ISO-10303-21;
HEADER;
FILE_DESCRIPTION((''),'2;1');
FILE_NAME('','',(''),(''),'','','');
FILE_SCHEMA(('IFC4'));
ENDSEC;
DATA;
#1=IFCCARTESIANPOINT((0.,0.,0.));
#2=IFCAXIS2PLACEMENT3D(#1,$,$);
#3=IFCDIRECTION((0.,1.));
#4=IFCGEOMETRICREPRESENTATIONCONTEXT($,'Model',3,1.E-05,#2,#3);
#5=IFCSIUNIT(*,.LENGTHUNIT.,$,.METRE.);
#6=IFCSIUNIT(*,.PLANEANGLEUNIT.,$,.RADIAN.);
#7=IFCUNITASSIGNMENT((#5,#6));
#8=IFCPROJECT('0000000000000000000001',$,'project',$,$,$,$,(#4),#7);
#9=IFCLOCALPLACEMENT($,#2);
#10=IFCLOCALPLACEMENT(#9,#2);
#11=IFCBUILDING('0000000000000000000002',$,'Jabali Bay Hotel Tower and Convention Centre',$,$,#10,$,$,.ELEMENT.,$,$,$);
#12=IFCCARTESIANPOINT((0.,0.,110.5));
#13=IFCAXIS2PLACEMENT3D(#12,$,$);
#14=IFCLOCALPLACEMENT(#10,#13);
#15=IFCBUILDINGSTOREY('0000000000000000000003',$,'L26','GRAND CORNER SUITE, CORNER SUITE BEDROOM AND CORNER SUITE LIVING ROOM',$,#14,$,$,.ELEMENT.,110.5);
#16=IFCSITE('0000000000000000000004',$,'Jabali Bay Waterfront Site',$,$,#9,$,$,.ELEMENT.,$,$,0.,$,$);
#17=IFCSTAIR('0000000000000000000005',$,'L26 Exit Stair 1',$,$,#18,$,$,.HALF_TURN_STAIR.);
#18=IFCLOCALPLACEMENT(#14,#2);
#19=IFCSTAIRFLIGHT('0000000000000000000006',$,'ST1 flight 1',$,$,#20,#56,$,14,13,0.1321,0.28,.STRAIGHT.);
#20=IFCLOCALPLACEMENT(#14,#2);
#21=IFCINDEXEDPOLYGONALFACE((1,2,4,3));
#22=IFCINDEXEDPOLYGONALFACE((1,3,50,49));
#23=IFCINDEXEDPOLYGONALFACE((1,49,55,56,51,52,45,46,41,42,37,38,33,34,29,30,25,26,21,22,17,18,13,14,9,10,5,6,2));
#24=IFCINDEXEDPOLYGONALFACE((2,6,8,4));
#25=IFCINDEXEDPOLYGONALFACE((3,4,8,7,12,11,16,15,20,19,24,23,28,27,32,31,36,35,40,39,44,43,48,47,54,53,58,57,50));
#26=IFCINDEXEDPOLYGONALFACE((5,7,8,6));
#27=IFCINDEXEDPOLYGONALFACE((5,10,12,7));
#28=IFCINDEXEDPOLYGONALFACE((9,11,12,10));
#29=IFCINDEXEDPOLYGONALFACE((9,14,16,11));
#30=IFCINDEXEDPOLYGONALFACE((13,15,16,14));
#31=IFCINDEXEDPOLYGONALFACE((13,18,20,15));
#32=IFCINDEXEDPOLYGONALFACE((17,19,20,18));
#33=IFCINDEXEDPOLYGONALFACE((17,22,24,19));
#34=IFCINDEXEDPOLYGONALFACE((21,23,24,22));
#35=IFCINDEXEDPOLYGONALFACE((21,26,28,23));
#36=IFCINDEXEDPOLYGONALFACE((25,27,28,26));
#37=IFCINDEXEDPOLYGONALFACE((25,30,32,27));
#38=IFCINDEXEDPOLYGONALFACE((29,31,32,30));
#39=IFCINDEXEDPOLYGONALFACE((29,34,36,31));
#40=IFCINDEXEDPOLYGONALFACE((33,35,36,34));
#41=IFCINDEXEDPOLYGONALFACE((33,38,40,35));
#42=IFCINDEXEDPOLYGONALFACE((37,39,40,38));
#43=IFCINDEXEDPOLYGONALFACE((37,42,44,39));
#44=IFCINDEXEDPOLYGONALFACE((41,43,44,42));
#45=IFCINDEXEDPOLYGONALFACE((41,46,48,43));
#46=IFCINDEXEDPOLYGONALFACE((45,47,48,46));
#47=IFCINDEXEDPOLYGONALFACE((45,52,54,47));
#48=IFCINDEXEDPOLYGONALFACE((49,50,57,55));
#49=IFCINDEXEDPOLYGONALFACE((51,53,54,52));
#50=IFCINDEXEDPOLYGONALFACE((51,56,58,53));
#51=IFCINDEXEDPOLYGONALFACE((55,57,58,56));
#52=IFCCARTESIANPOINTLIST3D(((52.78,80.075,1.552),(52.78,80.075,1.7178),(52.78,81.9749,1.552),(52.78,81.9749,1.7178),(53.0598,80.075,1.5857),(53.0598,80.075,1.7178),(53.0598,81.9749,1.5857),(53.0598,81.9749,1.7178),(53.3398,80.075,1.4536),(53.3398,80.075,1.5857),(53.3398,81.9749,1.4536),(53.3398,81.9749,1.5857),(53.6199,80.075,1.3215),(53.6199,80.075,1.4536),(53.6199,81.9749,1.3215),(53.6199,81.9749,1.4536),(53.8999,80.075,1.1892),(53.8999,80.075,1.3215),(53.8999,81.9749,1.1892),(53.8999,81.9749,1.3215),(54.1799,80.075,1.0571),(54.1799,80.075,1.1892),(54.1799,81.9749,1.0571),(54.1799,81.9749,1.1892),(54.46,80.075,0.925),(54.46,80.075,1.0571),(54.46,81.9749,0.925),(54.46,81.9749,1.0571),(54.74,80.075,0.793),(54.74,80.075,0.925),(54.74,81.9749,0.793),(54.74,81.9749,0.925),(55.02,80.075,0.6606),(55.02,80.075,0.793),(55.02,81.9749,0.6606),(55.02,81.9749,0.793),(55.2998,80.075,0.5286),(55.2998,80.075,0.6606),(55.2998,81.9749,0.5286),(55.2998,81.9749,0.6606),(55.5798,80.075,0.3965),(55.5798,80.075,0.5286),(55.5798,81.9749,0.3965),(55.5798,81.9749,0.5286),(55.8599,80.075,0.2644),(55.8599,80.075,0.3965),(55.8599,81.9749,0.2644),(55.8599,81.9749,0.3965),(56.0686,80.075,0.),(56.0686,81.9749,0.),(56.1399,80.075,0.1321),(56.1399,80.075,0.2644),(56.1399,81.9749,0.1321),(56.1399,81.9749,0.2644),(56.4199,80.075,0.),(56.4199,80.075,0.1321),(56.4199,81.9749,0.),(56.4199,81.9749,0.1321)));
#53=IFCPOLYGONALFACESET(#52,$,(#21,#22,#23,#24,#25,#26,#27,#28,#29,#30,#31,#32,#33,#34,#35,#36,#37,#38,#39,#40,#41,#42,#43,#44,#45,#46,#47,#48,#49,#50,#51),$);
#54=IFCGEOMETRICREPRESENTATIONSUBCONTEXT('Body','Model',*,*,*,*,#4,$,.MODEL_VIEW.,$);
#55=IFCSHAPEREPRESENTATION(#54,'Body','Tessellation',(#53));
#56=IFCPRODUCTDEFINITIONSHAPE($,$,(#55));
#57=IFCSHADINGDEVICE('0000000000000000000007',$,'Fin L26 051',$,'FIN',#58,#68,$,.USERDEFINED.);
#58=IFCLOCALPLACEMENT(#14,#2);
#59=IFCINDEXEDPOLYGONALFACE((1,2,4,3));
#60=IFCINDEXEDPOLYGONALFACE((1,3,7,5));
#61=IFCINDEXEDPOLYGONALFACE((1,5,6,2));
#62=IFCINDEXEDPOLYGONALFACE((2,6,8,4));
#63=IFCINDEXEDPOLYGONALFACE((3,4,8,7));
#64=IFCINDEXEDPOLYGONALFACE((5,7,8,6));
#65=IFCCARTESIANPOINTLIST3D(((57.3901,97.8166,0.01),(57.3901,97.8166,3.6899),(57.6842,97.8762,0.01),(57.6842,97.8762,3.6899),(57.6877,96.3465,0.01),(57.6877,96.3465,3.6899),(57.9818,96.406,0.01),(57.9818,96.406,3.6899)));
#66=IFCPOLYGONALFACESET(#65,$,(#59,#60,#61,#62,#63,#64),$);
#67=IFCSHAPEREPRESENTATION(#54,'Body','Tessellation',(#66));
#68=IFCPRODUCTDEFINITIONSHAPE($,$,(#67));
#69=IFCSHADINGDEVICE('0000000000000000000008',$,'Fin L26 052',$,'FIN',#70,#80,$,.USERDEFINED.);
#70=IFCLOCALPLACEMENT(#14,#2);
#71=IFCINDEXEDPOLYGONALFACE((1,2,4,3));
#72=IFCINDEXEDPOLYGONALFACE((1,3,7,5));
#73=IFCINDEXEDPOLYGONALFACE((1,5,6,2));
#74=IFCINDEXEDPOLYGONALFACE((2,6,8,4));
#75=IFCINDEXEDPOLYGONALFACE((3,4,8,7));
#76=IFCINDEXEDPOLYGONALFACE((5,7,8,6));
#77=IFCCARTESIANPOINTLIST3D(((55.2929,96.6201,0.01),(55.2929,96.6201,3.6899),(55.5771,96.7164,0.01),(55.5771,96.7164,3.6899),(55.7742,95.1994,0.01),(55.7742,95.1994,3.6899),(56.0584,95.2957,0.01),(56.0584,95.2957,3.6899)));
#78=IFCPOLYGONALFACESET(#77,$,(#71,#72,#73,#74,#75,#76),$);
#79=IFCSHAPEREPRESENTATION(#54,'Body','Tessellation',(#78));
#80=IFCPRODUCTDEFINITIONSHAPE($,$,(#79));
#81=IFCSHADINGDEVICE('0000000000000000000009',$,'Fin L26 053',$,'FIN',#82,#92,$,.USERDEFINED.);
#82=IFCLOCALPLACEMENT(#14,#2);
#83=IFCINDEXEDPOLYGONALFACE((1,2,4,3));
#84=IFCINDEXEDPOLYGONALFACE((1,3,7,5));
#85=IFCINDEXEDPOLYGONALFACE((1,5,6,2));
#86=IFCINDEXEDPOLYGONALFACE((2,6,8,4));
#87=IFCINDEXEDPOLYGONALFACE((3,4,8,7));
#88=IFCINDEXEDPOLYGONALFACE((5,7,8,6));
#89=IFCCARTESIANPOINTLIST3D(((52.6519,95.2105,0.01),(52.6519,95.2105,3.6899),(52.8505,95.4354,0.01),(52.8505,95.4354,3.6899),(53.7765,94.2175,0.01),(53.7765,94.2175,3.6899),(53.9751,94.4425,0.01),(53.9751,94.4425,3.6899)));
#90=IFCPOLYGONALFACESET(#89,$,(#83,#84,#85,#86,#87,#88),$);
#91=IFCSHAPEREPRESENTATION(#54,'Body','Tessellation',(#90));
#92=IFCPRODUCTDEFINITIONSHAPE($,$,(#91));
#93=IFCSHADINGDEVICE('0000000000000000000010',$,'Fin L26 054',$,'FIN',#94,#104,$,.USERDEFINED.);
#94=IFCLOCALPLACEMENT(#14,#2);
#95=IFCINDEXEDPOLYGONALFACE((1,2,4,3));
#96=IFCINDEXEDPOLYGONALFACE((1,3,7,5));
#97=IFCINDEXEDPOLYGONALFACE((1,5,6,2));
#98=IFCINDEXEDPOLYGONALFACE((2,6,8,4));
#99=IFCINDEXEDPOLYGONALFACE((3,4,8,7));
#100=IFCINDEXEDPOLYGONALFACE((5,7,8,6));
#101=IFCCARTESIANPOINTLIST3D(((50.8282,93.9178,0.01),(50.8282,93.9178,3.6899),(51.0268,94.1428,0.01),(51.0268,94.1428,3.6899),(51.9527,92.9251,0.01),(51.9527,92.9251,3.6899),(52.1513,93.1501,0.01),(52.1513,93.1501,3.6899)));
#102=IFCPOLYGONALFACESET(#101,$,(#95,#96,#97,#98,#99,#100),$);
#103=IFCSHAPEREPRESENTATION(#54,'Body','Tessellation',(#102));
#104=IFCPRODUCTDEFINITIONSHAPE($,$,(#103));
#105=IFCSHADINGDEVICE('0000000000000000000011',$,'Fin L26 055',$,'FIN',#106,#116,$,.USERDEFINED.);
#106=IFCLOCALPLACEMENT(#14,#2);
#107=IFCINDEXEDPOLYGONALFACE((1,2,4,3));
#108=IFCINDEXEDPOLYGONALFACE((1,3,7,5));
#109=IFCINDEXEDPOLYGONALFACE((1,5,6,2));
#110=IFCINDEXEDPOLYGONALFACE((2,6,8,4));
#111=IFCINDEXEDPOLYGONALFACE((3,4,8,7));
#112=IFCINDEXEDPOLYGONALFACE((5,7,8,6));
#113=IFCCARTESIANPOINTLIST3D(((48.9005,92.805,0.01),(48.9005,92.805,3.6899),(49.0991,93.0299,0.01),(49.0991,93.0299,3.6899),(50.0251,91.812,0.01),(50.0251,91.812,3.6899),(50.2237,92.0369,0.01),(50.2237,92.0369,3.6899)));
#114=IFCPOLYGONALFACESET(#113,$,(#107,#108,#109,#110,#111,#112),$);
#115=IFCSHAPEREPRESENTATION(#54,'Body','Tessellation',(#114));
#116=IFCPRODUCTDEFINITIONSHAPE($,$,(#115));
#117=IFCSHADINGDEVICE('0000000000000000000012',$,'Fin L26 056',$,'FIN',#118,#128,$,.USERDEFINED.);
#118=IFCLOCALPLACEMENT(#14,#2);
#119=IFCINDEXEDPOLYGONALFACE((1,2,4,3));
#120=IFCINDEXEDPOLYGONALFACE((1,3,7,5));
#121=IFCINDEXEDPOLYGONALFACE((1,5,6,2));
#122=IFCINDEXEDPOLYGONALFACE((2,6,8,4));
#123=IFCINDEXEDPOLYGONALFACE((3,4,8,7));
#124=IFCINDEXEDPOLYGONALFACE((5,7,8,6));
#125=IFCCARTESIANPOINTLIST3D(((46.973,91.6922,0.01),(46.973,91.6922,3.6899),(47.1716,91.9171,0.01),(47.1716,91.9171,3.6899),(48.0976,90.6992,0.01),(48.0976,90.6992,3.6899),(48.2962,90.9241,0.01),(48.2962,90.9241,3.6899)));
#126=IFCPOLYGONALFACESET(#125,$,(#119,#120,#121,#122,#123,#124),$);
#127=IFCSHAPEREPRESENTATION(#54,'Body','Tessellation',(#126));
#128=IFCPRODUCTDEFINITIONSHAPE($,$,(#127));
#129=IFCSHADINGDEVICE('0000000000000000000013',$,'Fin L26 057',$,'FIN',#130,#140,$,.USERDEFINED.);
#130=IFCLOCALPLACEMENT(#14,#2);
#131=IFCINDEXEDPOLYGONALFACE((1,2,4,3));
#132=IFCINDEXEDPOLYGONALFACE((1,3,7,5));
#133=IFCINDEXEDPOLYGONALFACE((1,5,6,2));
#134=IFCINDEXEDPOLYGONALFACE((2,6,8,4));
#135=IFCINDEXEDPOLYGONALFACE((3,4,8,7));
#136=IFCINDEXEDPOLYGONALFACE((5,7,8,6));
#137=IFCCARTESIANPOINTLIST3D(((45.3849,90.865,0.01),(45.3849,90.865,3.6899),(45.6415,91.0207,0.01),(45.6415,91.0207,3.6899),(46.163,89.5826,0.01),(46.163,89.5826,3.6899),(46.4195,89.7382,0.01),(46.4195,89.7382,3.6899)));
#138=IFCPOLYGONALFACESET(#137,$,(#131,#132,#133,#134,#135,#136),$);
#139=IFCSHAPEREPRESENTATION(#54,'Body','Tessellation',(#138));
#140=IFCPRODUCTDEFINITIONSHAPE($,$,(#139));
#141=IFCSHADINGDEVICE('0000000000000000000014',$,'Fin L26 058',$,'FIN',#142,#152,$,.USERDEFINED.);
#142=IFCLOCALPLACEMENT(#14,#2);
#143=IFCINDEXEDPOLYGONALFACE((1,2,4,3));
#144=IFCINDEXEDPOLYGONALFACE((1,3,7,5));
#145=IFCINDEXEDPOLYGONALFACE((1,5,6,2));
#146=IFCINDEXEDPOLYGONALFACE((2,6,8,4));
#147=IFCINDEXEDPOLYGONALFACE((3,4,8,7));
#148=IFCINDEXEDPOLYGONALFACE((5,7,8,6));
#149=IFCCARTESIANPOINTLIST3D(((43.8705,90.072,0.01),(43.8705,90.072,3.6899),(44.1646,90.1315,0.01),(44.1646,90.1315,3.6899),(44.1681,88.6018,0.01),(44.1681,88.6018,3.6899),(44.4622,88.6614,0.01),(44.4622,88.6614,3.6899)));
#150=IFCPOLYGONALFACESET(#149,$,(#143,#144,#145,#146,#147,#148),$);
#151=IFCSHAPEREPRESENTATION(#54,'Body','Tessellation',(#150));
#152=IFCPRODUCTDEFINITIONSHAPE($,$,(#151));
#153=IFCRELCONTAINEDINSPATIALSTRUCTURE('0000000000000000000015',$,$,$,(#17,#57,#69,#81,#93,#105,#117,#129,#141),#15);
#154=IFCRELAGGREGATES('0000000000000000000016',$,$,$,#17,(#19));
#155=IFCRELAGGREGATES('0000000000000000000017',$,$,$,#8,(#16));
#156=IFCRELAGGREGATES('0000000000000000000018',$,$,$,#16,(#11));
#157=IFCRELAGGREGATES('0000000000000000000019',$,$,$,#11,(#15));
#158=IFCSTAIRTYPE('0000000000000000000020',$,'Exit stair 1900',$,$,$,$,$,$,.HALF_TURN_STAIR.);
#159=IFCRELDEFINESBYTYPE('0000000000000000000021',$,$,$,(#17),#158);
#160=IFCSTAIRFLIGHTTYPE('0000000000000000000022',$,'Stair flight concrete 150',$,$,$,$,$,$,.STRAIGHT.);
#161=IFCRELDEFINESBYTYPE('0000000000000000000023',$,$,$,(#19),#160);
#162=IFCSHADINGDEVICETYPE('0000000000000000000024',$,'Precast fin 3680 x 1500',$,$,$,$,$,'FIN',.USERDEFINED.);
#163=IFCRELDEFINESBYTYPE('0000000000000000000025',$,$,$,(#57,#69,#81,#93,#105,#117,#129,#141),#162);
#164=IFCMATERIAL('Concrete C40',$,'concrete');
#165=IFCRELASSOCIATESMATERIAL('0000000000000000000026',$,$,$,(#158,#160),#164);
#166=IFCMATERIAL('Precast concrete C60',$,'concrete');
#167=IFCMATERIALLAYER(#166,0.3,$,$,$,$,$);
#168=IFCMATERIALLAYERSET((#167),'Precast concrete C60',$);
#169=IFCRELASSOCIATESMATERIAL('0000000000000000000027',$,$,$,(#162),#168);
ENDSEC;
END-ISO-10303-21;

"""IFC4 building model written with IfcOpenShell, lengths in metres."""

from ifc_helpers import new_model, si_unit, direction, frame, frame_2d, origin, place, context, subcontext, project, spatial, polyline, rectangle, outline, extrude, material, layer, layer_set, type_object, element, aggregate, save


model = new_model("IFC4")

# Units and contexts
model_context = context("Model", 3, precision=1e-05, world=origin(), true_north=direction((0.0, 1.0)))
body_context = subcontext(model_context, "Body", "Model", "MODEL_VIEW")
ifc_project = project(units=[si_unit("LENGTHUNIT", "METRE"), si_unit("PLANEANGLEUNIT", "RADIAN")], contexts=[model_context])

# Site, building, storey
site_placement = place(None, origin())
site = spatial("IfcSite", under=ifc_project, at=site_placement, Name="Jabali Bay Waterfront Site", CompositionType="ELEMENT", RefElevation=0.0)
building_placement = place(site_placement, origin())
building = spatial("IfcBuilding", under=site, at=building_placement, Name="Jabali Bay Hotel Tower and Convention Centre", CompositionType="ELEMENT")
storey_placement = place(building_placement, frame((0.0, 0.0, 110.5)))
storey = spatial("IfcBuildingStorey", under=building, at=storey_placement, Name="L26", Description="GRAND CORNER SUITE, CORNER SUITE BEDROOM AND CORNER SUITE LIVING ROOM", CompositionType="ELEMENT", Elevation=110.5)

# Shared definitions
ifc_material_1 = material(Name="Concrete C40", Category="concrete")

# Stair, stair flight
stair_type = type_object("IfcStairType", Name="Exit stair 1900", PredefinedType="HALF_TURN_STAIR", material=ifc_material_1)
stair_placement = place(storey_placement, origin())
stair = element("IfcStair", 1, at=stair_placement, inside=storey, type_object=stair_type, Name="L26 Exit Stair 1", PredefinedType="HALF_TURN_STAIR")
stair_flight_type = type_object("IfcStairFlightType", Name="Stair flight concrete 150", PredefinedType="STRAIGHT", material=ifc_material_1)
stair_flight_placement = place(storey_placement, frame((56.4199, 81.0249, 0.0), z_axis=(0.0, 0.0, 1.0), x_axis=(-1.0, 0.0, 0.0)))
stair_flight = element("IfcStairFlight", 2, at=stair_flight_placement, type_object=stair_flight_type, Name="ST1 flight 1", NumberOfRisers=14, NumberOfTreads=13, PredefinedType="STRAIGHT", RiserHeight=0.1321, TreadLength=0.28, context=body_context, shape_type="SweptSolid", body=[
    extrude(outline(polyline([(0.0, 0.0), (0.0, 0.1321), (0.28, 0.1321), (0.28, 0.2644), (0.5601, 0.2644), (0.5601, 0.3965), (0.8401, 0.3965), (0.8401, 0.5286), (1.1201, 0.5286), (1.1201, 0.6606), (1.3999, 0.6606), (1.3999, 0.793), (1.6799, 0.793), (1.6799, 0.925), (1.96, 0.925), (1.96, 1.0571), (2.24, 1.0571), (2.24, 1.1892), (2.52, 1.1892), (2.52, 1.3215), (2.8, 1.3215), (2.8, 1.4536), (3.0801, 1.4536), (3.0801, 1.5857), (3.3601, 1.5857), (3.3601, 1.7178), (3.6399, 1.7178), (3.6399, 1.8501), (3.6399, 1.552), (0.3513, 0.0), (0.0, 0.0)])), frame((0.0, 0.95, 0.0), z_axis=(0.0, -1.0, 0.0), x_axis=(1.0, 0.0, 0.0)), (0.0, 0.0, 1.0), 1.8999),
])
aggregate(stair, [stair_flight])

# Shading devices
ifc_material_2 = material(Name="Precast concrete C60", Category="concrete")
ifc_layer_1 = layer(ifc_material_2, 0.3)
ifc_layer_set_1 = layer_set([ifc_layer_1], Name="Precast concrete C60")
shading_device_type = type_object("IfcShadingDeviceType", Name="Precast fin 3680 x 1500", ElementType="FIN", PredefinedType="USERDEFINED", material=ifc_layer_set_1)
for number, where, z_axis, x_axis, name in (
    (3, (57.8347, 96.3762, 0.01), (0.0, 0.0, 1.0), (-0.1984, 0.980121, 0.0), "Fin L26 051"),
    (4, (55.9163, 95.2476, 0.01), (0.0, 0.0, 1.0), (-0.320814, 0.947142, 0.0), "Fin L26 052"),
):
    element("IfcShadingDevice", number, at=place(storey_placement, frame(where, z_axis=z_axis, x_axis=x_axis)), inside=storey, type_object=shading_device_type, Name=name, ObjectType="FIN", PredefinedType="USERDEFINED", context=body_context, shape_type="SweptSolid", body=[
        extrude(rectangle(XDim=1.5, YDim=0.3, at=frame_2d((0.75, 0.0))), origin(), (0.0, 0.0, 1.0), 3.6799),
    ])
shading_device_1_placement = place(storey_placement, frame((53.8757, 94.3301, 0.01), z_axis=(0.0, 0.0, 1.0), x_axis=(-0.749605, 0.661885, 0.0)))
element("IfcShadingDevice", 5, at=shading_device_1_placement, inside=storey, type_object=shading_device_type, Name="Fin L26 053", ObjectType="FIN", PredefinedType="USERDEFINED", context=body_context, shape_type="SweptSolid", body=[
    extrude(rectangle(XDim=1.5002, YDim=0.3, at=frame_2d((0.75, 0.0))), origin(), (0.0, 0.0, 1.0), 3.6799),
])
shading_device_2_placement = place(storey_placement, frame((52.052, 93.0376, 0.01), z_axis=(0.0, 0.0, 1.0), x_axis=(-0.749686, 0.661794, 0.0)))
element("IfcShadingDevice", 6, at=shading_device_2_placement, inside=storey, type_object=shading_device_type, Name="Fin L26 054", ObjectType="FIN", PredefinedType="USERDEFINED", context=body_context, shape_type="SweptSolid", body=[
    extrude(rectangle(XDim=1.5, YDim=0.3, at=frame_2d((0.75, 0.0))), origin(), (0.0, 0.0, 1.0), 3.6799),
])
for number, where, z_axis, x_axis, name in (
    (7, (50.1243, 91.9246, 0.01), (0.0, 0.0, 1.0), (-0.749605, 0.661885, 0.0), "Fin L26 055"),
    (8, (48.1968, 90.8118, 0.01), (0.0, 0.0, 1.0), (-0.749605, 0.661885, 0.0), "Fin L26 056"),
):
    element("IfcShadingDevice", number, at=place(storey_placement, frame(where, z_axis=z_axis, x_axis=x_axis)), inside=storey, type_object=shading_device_type, Name=name, ObjectType="FIN", PredefinedType="USERDEFINED", context=body_context, shape_type="SweptSolid", body=[
        extrude(rectangle(XDim=1.5002, YDim=0.3, at=frame_2d((0.75, 0.0))), origin(), (0.0, 0.0, 1.0), 3.6799),
    ])
for number, where, z_axis, x_axis, name in (
    (9, (46.2913, 89.6604, 0.01), (0.0, 0.0, 1.0), (-0.518702, 0.854955, 0.0), "Fin L26 057"),
    (10, (44.3152, 88.6316, 0.01), (0.0, 0.0, 1.0), (-0.1984, 0.980121, 0.0), "Fin L26 058"),
):
    element("IfcShadingDevice", number, at=place(storey_placement, frame(where, z_axis=z_axis, x_axis=x_axis)), inside=storey, type_object=shading_device_type, Name=name, ObjectType="FIN", PredefinedType="USERDEFINED", context=body_context, shape_type="SweptSolid", body=[
        extrude(rectangle(XDim=1.5, YDim=0.3, at=frame_2d((0.75, 0.0))), origin(), (0.0, 0.0, 1.0), 3.6799),
    ])

save(model, "model.ifc")
